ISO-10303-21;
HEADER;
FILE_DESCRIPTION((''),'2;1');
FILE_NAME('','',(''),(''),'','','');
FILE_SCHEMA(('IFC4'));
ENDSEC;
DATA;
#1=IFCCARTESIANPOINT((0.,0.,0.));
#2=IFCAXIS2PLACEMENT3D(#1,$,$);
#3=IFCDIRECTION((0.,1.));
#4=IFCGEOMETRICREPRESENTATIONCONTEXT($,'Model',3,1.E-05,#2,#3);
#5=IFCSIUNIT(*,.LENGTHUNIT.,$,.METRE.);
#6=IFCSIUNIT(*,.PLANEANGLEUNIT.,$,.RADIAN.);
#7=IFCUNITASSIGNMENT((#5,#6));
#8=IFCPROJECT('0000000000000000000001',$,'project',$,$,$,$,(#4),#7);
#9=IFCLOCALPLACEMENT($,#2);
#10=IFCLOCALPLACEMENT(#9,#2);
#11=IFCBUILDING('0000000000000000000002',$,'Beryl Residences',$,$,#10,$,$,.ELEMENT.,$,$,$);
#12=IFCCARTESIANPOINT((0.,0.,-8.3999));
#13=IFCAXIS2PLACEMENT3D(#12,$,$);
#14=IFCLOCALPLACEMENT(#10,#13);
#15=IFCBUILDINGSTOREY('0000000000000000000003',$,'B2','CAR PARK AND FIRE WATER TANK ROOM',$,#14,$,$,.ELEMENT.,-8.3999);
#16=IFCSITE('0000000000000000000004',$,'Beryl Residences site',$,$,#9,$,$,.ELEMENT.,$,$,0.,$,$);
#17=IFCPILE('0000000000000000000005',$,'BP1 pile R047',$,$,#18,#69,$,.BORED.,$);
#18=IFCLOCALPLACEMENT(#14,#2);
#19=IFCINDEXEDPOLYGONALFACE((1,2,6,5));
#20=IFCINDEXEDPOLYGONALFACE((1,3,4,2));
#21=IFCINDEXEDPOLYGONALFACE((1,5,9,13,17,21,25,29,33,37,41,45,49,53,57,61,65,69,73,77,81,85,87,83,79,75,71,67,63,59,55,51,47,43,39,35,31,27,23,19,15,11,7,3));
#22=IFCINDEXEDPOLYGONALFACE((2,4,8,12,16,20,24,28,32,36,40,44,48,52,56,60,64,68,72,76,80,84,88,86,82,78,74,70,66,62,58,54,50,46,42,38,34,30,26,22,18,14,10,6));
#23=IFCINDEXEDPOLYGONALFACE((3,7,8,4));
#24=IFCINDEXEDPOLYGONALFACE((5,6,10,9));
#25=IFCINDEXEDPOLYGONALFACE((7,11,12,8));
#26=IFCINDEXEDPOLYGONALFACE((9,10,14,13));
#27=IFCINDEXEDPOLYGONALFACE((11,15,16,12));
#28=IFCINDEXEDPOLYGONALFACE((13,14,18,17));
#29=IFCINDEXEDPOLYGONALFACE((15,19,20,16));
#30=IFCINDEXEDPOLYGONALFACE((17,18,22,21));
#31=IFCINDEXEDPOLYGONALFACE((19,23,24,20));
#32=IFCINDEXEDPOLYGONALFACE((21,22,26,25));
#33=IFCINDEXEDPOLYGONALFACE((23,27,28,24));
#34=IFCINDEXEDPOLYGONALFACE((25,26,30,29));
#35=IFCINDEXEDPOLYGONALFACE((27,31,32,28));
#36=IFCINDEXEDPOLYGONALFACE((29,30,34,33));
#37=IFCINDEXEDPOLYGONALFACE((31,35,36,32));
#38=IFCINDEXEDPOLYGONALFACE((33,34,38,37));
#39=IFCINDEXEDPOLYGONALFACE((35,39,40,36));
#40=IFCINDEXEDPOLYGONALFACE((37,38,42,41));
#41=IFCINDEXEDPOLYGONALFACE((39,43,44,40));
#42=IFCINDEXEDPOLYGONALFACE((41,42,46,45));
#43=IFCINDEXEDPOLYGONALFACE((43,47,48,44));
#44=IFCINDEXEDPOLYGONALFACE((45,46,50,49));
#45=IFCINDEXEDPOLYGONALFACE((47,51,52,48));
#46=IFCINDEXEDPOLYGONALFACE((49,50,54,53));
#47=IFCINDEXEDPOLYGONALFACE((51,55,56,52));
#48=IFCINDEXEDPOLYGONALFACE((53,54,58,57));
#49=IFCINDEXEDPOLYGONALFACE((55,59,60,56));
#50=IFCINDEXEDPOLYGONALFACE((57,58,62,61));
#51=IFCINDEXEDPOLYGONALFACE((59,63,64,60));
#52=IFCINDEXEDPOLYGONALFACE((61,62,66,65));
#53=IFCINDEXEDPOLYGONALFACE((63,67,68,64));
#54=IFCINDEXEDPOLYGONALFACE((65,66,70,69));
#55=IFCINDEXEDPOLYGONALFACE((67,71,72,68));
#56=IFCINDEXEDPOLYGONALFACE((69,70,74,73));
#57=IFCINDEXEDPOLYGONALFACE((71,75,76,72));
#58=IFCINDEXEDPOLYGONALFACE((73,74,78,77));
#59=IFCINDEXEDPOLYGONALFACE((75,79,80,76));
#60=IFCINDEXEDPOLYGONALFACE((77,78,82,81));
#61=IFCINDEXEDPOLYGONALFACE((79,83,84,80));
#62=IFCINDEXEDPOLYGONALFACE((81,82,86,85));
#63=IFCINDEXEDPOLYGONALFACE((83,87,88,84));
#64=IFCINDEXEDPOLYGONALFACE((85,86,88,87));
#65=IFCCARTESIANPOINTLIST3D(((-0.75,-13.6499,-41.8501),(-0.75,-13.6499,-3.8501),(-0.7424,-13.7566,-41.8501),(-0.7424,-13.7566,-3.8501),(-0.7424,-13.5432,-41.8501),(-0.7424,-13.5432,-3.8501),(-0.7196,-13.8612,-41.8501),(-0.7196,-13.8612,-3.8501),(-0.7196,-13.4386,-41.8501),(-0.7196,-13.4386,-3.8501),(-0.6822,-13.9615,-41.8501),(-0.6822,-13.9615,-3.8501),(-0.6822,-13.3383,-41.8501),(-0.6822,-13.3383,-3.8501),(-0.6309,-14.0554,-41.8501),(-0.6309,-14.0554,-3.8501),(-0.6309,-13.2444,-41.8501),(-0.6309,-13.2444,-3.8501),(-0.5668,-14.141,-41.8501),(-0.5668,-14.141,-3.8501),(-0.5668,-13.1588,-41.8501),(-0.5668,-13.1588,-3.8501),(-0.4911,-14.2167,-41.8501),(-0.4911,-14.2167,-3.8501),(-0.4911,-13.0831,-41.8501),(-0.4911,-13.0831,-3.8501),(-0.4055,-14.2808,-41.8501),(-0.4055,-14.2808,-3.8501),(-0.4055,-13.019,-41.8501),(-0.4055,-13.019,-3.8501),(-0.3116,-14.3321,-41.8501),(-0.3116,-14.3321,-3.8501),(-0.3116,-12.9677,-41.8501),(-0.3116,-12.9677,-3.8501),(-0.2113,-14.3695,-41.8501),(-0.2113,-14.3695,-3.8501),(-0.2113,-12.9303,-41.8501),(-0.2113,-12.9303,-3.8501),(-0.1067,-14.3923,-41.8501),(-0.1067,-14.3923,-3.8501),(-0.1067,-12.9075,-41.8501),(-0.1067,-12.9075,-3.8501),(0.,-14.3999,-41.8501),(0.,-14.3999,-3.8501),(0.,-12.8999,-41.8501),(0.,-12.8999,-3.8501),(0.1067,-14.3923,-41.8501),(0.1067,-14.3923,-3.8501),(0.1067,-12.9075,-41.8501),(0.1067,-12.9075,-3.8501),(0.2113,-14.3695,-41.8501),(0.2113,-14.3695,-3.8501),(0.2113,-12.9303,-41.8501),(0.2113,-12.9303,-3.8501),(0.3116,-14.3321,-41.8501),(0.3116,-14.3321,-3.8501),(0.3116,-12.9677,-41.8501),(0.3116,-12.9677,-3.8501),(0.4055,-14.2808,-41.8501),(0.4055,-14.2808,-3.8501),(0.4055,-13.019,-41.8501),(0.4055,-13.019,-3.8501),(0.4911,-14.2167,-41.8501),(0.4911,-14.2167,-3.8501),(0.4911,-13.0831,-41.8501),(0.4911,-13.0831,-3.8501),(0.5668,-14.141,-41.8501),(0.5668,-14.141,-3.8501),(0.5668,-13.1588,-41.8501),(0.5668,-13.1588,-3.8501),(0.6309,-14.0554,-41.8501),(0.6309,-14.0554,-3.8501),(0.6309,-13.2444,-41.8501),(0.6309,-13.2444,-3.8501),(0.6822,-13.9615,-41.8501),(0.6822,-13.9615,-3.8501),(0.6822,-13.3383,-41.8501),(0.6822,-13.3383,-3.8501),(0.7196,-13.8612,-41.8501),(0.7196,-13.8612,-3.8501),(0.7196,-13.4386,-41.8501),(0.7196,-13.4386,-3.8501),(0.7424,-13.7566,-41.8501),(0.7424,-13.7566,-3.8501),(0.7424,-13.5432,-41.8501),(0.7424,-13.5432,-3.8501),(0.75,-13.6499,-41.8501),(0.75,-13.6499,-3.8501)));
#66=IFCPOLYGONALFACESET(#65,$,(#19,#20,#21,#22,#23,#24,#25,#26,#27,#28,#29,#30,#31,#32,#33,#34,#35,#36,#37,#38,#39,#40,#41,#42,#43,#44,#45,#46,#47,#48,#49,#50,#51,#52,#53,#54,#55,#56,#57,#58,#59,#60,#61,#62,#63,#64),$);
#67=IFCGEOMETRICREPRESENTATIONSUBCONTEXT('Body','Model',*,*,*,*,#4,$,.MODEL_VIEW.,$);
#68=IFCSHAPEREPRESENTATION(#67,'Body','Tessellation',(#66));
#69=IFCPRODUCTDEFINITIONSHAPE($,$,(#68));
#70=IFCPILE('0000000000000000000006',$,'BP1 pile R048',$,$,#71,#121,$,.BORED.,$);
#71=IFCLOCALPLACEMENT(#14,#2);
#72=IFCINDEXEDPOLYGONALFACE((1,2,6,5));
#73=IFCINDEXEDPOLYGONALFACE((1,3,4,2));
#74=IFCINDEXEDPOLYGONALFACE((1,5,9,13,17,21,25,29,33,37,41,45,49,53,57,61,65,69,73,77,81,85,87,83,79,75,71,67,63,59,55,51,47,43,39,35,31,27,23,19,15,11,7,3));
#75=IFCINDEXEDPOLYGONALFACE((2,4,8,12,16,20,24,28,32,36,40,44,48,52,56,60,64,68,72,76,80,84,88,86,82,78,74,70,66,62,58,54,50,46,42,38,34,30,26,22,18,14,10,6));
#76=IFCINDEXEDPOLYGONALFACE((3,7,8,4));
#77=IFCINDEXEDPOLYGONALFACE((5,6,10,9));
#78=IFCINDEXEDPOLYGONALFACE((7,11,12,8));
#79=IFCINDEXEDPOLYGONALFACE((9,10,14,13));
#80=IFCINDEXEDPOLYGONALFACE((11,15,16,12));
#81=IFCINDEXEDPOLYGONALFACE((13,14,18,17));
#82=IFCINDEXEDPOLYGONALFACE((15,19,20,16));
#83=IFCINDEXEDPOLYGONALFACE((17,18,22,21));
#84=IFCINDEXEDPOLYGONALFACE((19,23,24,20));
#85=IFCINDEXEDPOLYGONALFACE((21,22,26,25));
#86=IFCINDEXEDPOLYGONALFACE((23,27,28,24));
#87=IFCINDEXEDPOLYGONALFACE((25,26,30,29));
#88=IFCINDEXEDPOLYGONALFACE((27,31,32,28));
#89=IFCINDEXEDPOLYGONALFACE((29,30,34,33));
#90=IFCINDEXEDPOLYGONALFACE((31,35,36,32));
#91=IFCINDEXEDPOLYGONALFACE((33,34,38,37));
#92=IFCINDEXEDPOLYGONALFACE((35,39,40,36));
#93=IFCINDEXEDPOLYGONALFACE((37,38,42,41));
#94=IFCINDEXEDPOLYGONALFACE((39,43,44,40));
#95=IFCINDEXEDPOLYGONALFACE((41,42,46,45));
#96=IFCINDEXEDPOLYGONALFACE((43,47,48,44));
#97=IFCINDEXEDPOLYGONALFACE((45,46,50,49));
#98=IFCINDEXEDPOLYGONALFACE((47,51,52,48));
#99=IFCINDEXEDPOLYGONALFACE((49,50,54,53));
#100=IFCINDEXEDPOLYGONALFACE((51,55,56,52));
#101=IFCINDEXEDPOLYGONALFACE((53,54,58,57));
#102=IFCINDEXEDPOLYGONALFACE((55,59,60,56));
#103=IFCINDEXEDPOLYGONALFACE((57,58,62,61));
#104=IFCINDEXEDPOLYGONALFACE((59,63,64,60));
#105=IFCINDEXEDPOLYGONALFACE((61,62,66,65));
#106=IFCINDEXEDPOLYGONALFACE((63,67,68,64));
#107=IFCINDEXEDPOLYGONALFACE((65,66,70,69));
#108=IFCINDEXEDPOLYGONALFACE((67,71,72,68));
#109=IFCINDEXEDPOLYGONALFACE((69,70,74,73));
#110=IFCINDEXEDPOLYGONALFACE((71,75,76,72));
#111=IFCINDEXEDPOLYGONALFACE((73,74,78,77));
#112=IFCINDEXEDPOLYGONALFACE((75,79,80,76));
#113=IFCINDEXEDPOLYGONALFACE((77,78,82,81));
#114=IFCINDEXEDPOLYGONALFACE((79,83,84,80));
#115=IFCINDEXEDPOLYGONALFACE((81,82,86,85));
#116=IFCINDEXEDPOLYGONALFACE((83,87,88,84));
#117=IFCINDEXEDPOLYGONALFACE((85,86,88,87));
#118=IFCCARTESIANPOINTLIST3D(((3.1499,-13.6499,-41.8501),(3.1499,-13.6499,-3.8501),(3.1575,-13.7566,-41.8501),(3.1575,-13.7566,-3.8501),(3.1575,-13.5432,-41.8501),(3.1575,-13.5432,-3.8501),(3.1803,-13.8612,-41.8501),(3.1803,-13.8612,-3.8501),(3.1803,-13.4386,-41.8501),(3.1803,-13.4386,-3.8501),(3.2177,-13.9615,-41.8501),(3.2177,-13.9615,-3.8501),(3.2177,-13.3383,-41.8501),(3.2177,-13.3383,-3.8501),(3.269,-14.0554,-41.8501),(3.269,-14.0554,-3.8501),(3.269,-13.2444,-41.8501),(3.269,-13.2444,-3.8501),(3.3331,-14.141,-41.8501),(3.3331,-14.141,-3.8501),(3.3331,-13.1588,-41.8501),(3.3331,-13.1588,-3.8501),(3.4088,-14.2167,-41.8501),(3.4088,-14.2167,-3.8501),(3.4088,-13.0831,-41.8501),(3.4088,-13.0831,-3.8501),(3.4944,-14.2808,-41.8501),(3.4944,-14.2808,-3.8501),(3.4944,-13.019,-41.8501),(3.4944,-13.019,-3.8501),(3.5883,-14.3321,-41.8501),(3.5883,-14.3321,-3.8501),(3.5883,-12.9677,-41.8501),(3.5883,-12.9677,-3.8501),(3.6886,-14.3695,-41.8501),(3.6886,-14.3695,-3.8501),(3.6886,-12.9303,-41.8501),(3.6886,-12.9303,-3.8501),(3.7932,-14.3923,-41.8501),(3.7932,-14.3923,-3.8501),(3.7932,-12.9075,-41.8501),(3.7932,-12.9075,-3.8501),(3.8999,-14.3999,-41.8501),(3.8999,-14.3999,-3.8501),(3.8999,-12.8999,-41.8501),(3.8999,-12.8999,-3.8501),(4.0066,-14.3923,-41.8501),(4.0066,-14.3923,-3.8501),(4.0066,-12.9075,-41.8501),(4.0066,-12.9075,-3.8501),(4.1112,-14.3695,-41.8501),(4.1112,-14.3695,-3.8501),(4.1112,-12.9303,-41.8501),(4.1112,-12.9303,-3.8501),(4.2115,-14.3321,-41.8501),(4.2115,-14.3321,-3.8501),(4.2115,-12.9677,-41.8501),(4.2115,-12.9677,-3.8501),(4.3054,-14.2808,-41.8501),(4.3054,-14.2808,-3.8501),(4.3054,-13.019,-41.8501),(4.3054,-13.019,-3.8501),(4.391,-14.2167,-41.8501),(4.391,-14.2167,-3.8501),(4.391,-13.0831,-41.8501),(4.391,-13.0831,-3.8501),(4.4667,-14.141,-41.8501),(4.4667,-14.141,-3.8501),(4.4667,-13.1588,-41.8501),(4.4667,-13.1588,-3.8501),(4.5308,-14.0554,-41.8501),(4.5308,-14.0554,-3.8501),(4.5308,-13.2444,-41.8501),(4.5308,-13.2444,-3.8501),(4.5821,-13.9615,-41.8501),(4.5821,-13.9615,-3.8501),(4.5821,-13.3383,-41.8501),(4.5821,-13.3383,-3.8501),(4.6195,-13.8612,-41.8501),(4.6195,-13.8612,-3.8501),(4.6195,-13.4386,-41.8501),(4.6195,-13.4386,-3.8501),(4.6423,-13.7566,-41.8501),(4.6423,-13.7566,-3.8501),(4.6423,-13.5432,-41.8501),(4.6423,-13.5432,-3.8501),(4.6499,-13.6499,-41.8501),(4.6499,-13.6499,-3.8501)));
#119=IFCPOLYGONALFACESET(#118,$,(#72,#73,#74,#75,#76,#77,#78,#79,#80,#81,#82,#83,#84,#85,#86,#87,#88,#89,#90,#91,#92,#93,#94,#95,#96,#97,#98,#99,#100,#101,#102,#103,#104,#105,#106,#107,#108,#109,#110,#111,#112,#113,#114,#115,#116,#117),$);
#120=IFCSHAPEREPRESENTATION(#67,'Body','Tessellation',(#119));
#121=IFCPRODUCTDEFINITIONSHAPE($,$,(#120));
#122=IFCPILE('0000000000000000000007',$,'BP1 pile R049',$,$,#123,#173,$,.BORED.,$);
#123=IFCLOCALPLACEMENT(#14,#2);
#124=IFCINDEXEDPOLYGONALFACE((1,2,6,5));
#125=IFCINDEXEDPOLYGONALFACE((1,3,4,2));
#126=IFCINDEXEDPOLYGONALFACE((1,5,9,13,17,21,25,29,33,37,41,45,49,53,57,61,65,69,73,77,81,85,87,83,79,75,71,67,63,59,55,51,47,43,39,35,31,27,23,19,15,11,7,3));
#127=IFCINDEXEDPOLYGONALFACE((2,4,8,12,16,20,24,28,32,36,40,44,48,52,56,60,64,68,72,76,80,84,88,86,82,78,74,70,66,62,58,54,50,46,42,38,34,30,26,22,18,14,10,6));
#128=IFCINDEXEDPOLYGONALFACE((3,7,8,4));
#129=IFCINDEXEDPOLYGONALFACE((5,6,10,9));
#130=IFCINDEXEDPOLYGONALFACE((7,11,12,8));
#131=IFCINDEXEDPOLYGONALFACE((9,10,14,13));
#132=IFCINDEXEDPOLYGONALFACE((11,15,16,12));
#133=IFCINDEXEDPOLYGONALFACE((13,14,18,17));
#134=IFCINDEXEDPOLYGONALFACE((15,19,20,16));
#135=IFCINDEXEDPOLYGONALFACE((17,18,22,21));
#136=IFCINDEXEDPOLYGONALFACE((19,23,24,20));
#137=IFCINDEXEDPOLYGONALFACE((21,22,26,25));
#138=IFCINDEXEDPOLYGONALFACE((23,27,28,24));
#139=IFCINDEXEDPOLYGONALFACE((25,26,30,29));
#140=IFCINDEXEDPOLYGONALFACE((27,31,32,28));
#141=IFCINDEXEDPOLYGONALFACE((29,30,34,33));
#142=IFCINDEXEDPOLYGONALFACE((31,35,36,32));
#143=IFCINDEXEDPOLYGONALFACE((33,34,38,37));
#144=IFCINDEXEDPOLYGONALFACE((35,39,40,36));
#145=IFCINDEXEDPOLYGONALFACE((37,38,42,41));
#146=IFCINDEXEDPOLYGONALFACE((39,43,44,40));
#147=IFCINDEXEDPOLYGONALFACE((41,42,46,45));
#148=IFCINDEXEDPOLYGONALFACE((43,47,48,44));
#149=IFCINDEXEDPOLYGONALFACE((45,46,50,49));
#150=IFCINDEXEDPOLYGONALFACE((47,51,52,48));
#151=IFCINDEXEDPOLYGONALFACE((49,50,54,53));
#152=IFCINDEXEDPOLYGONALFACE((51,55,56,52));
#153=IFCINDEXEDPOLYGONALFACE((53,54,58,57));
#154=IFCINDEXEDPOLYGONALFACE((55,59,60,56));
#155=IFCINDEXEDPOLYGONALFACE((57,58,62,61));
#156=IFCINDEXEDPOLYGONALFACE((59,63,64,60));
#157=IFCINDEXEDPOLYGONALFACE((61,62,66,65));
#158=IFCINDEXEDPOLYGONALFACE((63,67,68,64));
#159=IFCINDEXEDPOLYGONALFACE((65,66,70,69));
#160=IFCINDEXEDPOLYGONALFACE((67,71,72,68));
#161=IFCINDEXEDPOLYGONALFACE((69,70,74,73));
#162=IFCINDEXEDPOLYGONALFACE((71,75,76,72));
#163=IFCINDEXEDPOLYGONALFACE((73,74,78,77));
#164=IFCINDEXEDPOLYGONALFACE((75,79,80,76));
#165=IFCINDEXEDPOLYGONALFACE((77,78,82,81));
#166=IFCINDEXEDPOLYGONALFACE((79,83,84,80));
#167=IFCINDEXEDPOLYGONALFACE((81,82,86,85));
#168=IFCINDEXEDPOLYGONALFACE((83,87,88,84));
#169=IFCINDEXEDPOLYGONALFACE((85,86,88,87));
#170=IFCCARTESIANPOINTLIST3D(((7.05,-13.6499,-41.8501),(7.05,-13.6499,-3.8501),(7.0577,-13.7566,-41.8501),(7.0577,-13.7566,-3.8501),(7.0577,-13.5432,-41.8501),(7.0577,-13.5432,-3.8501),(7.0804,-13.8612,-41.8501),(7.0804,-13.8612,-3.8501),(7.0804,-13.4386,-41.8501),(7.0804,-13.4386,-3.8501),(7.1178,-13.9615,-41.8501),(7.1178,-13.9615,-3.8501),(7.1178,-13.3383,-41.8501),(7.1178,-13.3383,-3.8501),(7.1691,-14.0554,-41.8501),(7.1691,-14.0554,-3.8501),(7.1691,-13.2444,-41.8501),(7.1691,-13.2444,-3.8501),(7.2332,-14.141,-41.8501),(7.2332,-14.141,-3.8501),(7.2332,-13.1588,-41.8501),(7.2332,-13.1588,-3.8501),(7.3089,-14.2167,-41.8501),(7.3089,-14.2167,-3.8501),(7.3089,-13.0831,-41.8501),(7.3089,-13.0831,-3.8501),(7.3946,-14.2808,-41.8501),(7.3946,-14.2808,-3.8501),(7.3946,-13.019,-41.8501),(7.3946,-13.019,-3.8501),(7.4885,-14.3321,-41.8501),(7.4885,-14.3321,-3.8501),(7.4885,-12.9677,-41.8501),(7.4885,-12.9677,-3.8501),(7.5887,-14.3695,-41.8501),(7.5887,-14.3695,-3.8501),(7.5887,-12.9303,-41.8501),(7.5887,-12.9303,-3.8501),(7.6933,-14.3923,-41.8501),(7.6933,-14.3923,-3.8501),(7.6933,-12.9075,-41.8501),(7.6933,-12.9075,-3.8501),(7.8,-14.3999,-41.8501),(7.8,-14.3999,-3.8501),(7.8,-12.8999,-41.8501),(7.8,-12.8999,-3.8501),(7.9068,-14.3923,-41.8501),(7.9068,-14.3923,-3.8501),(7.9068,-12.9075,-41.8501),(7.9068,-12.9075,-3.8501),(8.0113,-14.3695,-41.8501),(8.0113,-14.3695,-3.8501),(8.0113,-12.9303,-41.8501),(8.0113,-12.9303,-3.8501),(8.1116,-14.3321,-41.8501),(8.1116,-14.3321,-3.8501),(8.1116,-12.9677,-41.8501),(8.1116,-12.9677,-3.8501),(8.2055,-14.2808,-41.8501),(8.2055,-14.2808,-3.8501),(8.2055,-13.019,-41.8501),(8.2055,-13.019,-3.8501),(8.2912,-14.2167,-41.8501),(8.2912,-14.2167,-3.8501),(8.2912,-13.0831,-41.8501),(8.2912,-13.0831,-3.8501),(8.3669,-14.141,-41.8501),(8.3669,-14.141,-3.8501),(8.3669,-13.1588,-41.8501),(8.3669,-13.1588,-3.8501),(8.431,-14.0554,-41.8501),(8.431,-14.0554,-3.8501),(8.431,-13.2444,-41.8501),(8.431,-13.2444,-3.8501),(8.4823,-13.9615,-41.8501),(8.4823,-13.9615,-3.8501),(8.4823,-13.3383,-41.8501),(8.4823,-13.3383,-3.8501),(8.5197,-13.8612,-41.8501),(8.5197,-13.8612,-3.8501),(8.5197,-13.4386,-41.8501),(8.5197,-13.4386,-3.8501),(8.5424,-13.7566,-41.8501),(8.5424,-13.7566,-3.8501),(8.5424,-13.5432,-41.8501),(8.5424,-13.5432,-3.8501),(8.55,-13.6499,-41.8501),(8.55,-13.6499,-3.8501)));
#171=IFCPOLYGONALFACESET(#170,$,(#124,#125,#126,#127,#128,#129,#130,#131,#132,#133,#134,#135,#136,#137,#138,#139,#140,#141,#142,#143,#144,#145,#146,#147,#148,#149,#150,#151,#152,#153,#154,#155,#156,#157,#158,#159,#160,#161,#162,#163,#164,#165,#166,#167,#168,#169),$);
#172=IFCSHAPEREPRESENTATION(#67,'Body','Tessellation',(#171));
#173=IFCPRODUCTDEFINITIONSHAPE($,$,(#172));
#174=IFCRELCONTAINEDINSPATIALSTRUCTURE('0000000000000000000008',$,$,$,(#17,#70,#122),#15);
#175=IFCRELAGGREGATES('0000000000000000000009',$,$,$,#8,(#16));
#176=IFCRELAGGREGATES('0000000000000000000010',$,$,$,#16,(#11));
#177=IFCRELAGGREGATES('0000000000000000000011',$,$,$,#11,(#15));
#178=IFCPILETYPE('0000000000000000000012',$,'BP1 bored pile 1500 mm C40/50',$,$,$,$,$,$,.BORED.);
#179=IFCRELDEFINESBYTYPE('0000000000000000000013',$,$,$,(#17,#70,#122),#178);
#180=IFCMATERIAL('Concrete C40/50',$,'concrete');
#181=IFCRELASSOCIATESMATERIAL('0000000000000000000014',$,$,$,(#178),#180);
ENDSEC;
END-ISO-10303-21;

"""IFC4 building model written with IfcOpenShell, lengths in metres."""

from ifc_helpers import new_model, si_unit, direction, frame, origin, origin_2d, place, context, subcontext, project, spatial, circle, extrude, material, material_profile, profile_set, type_object, element, save


model = new_model("IFC4")

# Units and contexts
model_context = context("Model", 3, precision=1e-05, world=origin(), true_north=direction((0.0, 1.0)))
body_context = subcontext(model_context, "Body", "Model", "MODEL_VIEW")
ifc_project = project(units=[si_unit("LENGTHUNIT", "METRE"), si_unit("PLANEANGLEUNIT", "RADIAN")], contexts=[model_context])

# Site, building, storey
site_placement = place(None, origin())
site = spatial("IfcSite", under=ifc_project, at=site_placement, Name="Beryl Residences site", CompositionType="ELEMENT", RefElevation=0.0)
building_placement = place(site_placement, origin())
building = spatial("IfcBuilding", under=site, at=building_placement, Name="Beryl Residences", CompositionType="ELEMENT")
storey_placement = place(building_placement, frame((0.0, 0.0, -8.3999)))
storey = spatial("IfcBuildingStorey", under=building, at=storey_placement, Name="B2", Description="CAR PARK AND FIRE WATER TANK ROOM", CompositionType="ELEMENT", Elevation=-8.3999)

# Piles
ifc_material_1 = material(Name="Concrete C40/50", Category="concrete")
ifc_material_profile_1 = material_profile(ifc_material_1, circle(Radius=0.75, at=origin_2d()))
ifc_profile_set_1 = profile_set([ifc_material_profile_1], Name="Concrete C40/50")
pile_type = type_object("IfcPileType", Name="BP1 bored pile 1500 mm C40/50", PredefinedType="BORED", material=ifc_profile_set_1)
for number, where, z_axis, x_axis, name in (
    (1, (0.0, -13.6499, -3.8501), (0.0, 0.0, -1.0), (1.0, 0.0, 0.0), "BP1 pile R047"),
    (2, (3.8999, -13.6499, -3.8501), (0.0, 0.0, -1.0), (1.0, 0.0, 0.0), "BP1 pile R048"),
    (3, (7.8, -13.6499, -3.8501), (0.0, 0.0, -1.0), (1.0, 0.0, 0.0), "BP1 pile R049"),
):
    element("IfcPile", number, at=place(storey_placement, frame(where, z_axis=z_axis, x_axis=x_axis)), inside=storey, type_object=pile_type, Name=name, PredefinedType="BORED", context=body_context, shape_type="SweptSolid", body=[
        extrude(circle(Radius=0.75, at=origin_2d()), origin(), (0.0, 0.0, 1.0), 38.0),
    ])

save(model, "model.ifc")
